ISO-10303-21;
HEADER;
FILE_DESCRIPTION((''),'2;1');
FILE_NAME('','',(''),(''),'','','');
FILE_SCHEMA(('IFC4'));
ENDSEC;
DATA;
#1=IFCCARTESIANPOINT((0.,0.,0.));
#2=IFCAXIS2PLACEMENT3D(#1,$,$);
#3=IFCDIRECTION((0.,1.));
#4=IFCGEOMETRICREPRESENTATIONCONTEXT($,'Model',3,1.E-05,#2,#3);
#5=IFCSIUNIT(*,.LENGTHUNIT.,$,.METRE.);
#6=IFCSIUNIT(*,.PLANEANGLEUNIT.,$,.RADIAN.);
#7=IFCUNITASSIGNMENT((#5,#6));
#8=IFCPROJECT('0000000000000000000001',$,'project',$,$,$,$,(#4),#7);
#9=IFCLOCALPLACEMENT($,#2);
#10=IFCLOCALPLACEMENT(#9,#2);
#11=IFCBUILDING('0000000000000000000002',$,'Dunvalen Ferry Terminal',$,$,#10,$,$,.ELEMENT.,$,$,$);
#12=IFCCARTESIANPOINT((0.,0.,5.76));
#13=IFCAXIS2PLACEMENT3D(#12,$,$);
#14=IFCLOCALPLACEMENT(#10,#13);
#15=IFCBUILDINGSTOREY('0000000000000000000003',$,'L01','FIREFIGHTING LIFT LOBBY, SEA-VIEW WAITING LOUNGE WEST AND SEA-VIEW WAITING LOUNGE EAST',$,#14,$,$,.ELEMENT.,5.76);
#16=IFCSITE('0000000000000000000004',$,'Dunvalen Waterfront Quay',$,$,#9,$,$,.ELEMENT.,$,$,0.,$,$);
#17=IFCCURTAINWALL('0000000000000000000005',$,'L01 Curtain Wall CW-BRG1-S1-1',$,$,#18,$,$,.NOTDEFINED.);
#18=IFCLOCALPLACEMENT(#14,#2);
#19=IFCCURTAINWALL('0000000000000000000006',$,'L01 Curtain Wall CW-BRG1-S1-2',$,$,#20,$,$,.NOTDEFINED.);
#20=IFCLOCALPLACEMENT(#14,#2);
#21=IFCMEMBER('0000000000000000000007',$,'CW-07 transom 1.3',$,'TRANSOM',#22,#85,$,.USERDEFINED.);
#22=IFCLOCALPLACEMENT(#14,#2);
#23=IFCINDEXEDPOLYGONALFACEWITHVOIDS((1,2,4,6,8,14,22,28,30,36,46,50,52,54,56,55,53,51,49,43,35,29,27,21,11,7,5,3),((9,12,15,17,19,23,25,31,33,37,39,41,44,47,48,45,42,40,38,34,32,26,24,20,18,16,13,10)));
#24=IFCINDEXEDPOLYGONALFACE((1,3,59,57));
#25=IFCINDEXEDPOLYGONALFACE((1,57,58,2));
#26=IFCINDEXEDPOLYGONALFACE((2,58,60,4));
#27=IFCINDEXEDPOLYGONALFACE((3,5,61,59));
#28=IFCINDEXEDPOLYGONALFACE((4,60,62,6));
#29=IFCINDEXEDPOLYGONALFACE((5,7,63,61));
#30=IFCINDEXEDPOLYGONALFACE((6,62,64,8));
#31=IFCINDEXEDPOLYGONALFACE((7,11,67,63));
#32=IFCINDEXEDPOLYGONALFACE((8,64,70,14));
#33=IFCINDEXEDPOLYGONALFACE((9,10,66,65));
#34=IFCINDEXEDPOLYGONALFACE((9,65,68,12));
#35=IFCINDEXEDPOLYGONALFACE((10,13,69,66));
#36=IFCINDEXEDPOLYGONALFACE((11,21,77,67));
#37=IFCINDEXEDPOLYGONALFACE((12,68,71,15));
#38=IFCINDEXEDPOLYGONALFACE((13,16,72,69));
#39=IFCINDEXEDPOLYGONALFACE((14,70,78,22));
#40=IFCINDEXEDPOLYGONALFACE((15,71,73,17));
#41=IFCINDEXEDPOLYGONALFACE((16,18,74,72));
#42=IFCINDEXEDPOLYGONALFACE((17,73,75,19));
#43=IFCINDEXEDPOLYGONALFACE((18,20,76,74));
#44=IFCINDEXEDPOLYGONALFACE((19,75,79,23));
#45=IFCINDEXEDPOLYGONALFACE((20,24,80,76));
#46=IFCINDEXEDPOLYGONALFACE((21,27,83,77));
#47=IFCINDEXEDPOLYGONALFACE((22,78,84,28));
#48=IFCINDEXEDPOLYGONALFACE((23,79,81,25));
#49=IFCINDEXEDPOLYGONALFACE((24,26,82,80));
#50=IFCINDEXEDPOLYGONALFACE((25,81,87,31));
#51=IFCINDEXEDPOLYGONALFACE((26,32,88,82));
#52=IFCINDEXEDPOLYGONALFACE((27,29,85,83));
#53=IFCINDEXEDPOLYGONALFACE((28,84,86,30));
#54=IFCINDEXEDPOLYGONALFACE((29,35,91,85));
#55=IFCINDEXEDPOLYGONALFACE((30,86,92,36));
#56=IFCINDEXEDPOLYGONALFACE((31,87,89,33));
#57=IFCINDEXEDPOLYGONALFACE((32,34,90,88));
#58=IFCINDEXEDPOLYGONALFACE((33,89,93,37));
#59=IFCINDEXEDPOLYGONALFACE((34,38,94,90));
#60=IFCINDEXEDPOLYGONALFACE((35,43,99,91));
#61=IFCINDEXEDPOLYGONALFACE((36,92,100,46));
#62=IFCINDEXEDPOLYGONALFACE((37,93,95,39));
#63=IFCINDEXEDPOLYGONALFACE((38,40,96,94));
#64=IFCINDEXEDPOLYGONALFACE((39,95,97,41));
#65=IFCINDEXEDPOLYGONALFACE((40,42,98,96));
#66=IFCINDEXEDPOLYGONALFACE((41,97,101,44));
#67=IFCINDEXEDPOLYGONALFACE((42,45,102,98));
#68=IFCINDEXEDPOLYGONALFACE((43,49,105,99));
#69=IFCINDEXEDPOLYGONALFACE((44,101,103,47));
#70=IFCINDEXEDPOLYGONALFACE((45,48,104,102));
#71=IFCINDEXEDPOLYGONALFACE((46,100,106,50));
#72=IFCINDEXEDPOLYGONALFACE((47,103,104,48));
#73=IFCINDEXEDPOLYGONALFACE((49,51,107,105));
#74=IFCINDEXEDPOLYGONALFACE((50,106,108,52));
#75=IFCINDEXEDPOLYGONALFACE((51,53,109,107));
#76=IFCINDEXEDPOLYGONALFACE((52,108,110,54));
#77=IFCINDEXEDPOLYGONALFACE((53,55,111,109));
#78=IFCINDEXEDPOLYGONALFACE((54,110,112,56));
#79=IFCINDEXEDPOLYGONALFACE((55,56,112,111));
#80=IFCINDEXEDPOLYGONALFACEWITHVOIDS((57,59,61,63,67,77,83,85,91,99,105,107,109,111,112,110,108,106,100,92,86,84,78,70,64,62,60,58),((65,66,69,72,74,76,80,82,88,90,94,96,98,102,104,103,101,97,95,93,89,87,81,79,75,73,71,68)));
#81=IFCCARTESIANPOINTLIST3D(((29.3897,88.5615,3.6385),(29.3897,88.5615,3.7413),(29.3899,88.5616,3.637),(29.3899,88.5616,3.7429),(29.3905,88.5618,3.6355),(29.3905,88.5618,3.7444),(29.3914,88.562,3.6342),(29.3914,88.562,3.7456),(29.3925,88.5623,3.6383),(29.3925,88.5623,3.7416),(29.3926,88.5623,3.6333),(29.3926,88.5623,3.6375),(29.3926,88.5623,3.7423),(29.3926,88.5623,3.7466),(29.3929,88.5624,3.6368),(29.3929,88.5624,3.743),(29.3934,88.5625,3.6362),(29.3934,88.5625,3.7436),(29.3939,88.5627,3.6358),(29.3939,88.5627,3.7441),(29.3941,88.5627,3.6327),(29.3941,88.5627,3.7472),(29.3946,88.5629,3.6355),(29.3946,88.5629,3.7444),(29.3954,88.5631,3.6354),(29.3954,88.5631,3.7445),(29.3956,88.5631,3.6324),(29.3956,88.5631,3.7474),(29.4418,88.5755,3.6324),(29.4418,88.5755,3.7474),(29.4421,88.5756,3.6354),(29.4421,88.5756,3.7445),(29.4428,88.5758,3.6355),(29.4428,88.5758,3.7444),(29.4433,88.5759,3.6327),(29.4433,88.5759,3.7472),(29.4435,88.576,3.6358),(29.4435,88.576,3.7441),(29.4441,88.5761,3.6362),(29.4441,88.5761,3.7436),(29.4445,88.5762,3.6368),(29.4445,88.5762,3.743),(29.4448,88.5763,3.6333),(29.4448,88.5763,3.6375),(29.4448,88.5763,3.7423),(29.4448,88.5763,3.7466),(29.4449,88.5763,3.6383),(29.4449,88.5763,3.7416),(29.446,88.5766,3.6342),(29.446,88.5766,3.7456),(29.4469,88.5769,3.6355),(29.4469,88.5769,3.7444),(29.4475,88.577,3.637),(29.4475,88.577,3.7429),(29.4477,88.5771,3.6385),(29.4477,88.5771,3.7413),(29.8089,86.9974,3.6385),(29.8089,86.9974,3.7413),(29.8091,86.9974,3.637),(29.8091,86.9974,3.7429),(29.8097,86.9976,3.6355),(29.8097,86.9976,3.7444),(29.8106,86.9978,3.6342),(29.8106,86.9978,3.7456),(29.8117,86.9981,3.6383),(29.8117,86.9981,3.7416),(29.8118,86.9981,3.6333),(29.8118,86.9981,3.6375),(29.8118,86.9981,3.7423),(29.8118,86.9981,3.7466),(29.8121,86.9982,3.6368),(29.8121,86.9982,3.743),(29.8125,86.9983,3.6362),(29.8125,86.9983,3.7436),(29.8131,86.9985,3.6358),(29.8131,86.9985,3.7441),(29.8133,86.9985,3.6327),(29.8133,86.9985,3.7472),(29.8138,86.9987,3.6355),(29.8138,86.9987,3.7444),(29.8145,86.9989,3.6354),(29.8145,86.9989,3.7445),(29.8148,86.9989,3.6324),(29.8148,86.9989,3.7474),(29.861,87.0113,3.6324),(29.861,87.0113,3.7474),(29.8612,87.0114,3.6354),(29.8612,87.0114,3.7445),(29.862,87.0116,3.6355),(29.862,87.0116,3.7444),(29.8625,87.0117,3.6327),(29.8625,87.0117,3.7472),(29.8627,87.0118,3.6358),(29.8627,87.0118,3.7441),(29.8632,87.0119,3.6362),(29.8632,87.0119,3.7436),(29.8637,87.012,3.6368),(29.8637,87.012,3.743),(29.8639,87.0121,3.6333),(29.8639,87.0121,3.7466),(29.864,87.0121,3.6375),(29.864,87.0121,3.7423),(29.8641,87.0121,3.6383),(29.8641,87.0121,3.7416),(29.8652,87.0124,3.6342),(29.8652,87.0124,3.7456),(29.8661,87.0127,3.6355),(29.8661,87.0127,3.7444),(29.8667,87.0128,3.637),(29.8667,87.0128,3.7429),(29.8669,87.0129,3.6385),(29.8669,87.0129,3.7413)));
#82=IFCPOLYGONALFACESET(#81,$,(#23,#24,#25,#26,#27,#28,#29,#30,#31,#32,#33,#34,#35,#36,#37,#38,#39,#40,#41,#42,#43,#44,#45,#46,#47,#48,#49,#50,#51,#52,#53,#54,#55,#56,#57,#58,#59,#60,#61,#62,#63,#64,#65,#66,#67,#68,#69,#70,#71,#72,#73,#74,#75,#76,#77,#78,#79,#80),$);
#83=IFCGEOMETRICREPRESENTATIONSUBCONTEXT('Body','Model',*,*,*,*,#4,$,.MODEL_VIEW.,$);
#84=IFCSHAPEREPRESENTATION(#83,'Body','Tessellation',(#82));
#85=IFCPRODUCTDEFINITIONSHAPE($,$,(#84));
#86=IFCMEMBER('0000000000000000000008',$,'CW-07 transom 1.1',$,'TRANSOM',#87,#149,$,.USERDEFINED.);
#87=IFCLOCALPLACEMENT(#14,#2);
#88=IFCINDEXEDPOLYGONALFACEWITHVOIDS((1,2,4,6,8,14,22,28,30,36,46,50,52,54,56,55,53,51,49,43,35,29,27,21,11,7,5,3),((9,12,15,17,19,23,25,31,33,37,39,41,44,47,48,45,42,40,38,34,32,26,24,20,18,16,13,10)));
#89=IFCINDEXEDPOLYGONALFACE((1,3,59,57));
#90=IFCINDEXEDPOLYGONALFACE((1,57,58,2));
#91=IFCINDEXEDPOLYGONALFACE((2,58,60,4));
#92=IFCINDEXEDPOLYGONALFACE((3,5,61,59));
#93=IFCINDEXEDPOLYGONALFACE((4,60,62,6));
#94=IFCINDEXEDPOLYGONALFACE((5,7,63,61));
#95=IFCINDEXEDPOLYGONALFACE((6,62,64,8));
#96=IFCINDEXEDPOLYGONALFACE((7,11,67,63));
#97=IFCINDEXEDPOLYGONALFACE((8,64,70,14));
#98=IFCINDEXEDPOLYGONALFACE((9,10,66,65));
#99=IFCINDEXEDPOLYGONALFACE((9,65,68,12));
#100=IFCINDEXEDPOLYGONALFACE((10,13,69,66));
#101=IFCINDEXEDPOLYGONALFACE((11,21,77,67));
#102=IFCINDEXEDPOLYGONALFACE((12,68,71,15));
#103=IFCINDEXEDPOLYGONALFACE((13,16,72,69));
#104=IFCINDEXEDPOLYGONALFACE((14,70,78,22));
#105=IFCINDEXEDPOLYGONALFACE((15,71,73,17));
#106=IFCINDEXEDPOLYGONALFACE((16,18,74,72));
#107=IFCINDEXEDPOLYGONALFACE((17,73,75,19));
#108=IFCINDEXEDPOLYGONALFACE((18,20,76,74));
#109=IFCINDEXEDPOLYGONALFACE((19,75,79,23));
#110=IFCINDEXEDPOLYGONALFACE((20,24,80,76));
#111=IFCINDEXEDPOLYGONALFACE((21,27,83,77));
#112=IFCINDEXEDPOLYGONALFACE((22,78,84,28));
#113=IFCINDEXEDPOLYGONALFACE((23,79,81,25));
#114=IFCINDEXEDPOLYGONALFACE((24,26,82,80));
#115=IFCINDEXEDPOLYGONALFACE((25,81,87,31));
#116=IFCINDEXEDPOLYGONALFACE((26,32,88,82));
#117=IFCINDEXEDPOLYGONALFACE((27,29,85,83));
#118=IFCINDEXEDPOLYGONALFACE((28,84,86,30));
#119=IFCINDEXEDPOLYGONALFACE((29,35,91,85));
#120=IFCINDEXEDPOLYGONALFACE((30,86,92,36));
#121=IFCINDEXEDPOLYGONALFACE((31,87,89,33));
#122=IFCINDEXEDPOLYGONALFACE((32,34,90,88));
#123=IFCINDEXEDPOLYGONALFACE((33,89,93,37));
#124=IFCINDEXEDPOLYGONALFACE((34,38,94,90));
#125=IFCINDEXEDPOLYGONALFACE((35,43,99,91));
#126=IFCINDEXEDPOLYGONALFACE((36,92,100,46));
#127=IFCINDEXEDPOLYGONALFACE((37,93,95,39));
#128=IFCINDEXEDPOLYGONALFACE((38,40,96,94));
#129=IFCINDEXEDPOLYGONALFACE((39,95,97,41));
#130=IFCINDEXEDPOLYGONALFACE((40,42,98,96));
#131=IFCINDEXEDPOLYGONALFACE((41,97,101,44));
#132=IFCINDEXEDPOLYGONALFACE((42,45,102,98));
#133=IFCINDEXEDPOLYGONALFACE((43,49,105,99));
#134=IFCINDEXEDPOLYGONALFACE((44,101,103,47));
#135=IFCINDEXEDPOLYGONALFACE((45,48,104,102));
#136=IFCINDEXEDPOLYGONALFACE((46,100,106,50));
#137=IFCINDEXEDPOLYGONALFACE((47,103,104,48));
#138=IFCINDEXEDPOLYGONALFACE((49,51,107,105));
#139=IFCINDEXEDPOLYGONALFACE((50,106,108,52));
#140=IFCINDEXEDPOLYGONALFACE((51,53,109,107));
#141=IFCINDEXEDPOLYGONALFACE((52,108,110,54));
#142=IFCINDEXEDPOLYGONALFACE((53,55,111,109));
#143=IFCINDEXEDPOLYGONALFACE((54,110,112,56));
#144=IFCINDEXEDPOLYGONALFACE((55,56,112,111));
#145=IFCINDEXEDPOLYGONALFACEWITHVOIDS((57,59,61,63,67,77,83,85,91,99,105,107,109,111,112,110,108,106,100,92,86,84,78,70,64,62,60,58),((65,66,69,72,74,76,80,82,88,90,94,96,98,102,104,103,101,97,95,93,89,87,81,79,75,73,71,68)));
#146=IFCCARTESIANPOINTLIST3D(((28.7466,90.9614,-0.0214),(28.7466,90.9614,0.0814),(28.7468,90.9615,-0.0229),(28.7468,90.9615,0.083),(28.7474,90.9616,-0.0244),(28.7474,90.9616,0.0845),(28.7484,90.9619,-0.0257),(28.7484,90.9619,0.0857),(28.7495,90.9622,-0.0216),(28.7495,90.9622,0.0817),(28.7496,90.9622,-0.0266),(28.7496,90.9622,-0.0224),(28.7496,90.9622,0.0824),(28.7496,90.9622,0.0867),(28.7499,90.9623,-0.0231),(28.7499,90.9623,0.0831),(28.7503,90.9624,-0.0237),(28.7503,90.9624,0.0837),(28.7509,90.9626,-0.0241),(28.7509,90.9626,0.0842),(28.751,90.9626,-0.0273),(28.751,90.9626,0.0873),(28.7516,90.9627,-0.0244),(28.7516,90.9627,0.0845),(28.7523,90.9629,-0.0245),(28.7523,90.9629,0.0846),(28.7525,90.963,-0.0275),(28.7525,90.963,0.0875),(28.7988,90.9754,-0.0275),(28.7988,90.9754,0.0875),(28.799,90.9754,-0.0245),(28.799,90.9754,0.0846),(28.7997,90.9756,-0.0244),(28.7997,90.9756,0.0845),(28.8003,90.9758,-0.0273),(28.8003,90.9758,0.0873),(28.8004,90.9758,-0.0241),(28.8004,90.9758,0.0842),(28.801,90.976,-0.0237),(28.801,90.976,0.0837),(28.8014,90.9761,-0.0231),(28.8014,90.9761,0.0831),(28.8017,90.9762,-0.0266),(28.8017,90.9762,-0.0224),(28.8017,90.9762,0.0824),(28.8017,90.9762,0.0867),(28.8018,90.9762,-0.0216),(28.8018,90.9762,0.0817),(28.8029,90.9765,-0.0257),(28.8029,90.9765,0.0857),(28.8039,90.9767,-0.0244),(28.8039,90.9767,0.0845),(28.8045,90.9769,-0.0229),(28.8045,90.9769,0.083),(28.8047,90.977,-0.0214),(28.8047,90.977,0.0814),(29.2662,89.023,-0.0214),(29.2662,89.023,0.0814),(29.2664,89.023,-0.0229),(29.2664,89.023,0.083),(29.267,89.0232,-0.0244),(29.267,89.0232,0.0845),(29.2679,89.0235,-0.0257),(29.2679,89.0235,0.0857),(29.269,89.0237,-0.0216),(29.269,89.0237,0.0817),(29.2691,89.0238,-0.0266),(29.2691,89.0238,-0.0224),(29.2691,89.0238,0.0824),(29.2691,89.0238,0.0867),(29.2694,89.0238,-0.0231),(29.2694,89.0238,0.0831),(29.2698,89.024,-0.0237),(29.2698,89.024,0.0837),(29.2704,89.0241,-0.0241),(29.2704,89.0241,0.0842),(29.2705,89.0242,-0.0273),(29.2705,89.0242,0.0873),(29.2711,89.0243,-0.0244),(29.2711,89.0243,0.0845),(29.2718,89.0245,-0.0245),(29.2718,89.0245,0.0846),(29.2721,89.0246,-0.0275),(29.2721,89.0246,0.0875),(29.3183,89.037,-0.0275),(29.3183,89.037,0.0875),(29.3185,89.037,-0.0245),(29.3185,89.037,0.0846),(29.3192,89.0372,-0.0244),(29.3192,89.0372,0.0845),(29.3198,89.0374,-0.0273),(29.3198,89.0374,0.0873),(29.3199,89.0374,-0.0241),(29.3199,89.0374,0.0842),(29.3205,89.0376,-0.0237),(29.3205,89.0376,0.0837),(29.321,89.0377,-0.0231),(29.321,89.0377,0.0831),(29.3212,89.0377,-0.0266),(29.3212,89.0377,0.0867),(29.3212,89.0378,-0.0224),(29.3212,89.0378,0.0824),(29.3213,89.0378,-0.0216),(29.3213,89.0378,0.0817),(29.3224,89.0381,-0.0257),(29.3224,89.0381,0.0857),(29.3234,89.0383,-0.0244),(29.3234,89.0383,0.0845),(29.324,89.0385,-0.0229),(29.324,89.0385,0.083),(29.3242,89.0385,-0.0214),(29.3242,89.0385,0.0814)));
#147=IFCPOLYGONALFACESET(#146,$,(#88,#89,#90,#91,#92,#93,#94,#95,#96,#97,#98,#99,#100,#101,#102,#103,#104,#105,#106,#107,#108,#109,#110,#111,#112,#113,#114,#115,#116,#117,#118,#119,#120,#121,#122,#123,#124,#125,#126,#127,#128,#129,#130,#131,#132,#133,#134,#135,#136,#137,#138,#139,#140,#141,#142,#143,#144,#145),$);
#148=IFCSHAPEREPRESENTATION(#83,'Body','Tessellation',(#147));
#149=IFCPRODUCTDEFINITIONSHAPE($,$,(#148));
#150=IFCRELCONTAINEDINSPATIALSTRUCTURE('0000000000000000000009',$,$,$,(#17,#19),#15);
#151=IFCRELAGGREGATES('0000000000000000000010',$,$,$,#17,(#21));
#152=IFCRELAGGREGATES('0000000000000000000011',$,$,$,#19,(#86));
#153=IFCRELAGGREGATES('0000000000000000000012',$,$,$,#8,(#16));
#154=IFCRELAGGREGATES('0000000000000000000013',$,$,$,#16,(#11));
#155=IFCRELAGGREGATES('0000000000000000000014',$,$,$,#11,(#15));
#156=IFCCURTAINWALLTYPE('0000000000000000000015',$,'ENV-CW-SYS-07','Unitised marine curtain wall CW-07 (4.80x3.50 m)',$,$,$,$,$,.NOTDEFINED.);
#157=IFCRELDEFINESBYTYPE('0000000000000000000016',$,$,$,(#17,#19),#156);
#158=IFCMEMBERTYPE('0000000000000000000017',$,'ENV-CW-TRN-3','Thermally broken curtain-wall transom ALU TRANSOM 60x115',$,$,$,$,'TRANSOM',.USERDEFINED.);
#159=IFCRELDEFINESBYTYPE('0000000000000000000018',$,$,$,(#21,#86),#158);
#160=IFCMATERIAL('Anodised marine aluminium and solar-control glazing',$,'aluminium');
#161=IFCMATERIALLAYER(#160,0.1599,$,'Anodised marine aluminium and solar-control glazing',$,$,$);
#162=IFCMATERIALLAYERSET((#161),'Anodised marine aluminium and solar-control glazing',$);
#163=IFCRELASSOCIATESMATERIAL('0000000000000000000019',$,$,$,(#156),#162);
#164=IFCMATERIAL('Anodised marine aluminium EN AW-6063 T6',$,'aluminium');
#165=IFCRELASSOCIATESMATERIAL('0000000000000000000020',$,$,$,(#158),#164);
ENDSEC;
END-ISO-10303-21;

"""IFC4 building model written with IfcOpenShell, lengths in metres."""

from ifc_helpers import new_model, si_unit, direction, frame, origin, origin_2d, place, context, subcontext, project, spatial, hollow_rectangle, extrude, material, layer, layer_set, material_profile, profile_set, type_object, element, aggregate, save


model = new_model("IFC4")

# Units and contexts
model_context = context("Model", 3, precision=1e-05, world=origin(), true_north=direction((0.0, 1.0)))
body_context = subcontext(model_context, "Body", "Model", "MODEL_VIEW")
ifc_project = project(units=[si_unit("LENGTHUNIT", "METRE"), si_unit("PLANEANGLEUNIT", "RADIAN")], contexts=[model_context])

# Site, building, storey
site_placement = place(None, origin())
site = spatial("IfcSite", under=ifc_project, at=site_placement, Name="Dunvalen Waterfront Quay", CompositionType="ELEMENT", RefElevation=0.0)
building_placement = place(site_placement, origin())
building = spatial("IfcBuilding", under=site, at=building_placement, Name="Dunvalen Ferry Terminal", CompositionType="ELEMENT")
storey_placement = place(building_placement, frame((0.0, 0.0, 5.76)))
storey = spatial("IfcBuildingStorey", under=building, at=storey_placement, Name="L01", Description="FIREFIGHTING LIFT LOBBY, SEA-VIEW WAITING LOUNGE WEST AND SEA-VIEW WAITING LOUNGE EAST", CompositionType="ELEMENT", Elevation=5.76)

# Shared definitions
ifc_material_1 = material(Name="Anodised marine aluminium and solar-control glazing", Category="aluminium")
ifc_material_2 = material(Name="Anodised marine aluminium EN AW-6063 T6", Category="aluminium")

# Curtain walls
ifc_layer_1 = layer(ifc_material_1, 0.1599, Name="Anodised marine aluminium and solar-control glazing")
ifc_layer_set_1 = layer_set([ifc_layer_1], Name="Anodised marine aluminium and solar-control glazing")
curtain_wall_type_1 = type_object("IfcCurtainWallType", Name="ENV-CW-SYS-07", Description="Unitised marine curtain wall CW-07 (4.80x3.50 m)", PredefinedType="NOTDEFINED", material=ifc_layer_set_1)
curtain_wall_1_placement = place(storey_placement, origin())
curtain_wall_1 = element("IfcCurtainWall", 1, at=curtain_wall_1_placement, inside=storey, type_object=curtain_wall_type_1, Name="L01 Curtain Wall CW-BRG1-S1-1", PredefinedType="NOTDEFINED")
curtain_wall_2_placement = place(storey_placement, origin())
curtain_wall_2 = element("IfcCurtainWall", 2, at=curtain_wall_2_placement, inside=storey, type_object=curtain_wall_type_1, Name="L01 Curtain Wall CW-BRG1-S1-2", PredefinedType="NOTDEFINED")

# Members
ifc_material_profile_1 = material_profile(ifc_material_2, hollow_rectangle(XDim=0.0601, YDim=0.115, WallThickness=0.0029, InnerFilletRadius=0.0029, OuterFilletRadius=0.0061, at=origin_2d()), Name="Anodised marine aluminium EN AW-6063 T6")
ifc_profile_set_1 = profile_set([ifc_material_profile_1], Name="Anodised marine aluminium EN AW-6063 T6")
member_type_1 = type_object("IfcMemberType", Name="ENV-CW-TRN-3", Description="Thermally broken curtain-wall transom ALU TRANSOM 60x115", ElementType="TRANSOM", PredefinedType="USERDEFINED", material=ifc_profile_set_1)
member_1_placement = place(storey_placement, frame((29.8379, 87.0051, 3.6899), z_axis=(-0.258854, 0.965916, 0.0), x_axis=(-0.965916, -0.258854, 0.0)))
member_1 = element("IfcMember", 3, at=member_1_placement, type_object=member_type_1, Name="CW-07 transom 1.3", ObjectType="TRANSOM", PredefinedType="USERDEFINED", context=body_context, shape_type="SweptSolid", body=[
    extrude(hollow_rectangle(XDim=0.0601, YDim=0.115, WallThickness=0.0029, InnerFilletRadius=0.0029, OuterFilletRadius=0.0061, at=origin_2d()), origin(), (0.0, 0.0, 1.0), 1.6194),
])
member_2_placement = place(storey_placement, frame((29.2952, 89.0308, 0.03), z_axis=(-0.258874, 0.965911, 0.0), x_axis=(-0.965911, -0.258874, 0.0)))
member_2 = element("IfcMember", 4, at=member_2_placement, type_object=member_type_1, Name="CW-07 transom 1.1", ObjectType="TRANSOM", PredefinedType="USERDEFINED", context=body_context, shape_type="SweptSolid", body=[
    extrude(hollow_rectangle(XDim=0.0601, YDim=0.115, WallThickness=0.0029, InnerFilletRadius=0.0029, OuterFilletRadius=0.0061, at=origin_2d()), origin(), (0.0, 0.0, 1.0), 2.0068),
])

aggregate(curtain_wall_1, [member_1])
aggregate(curtain_wall_2, [member_2])

save(model, "model.ifc")
